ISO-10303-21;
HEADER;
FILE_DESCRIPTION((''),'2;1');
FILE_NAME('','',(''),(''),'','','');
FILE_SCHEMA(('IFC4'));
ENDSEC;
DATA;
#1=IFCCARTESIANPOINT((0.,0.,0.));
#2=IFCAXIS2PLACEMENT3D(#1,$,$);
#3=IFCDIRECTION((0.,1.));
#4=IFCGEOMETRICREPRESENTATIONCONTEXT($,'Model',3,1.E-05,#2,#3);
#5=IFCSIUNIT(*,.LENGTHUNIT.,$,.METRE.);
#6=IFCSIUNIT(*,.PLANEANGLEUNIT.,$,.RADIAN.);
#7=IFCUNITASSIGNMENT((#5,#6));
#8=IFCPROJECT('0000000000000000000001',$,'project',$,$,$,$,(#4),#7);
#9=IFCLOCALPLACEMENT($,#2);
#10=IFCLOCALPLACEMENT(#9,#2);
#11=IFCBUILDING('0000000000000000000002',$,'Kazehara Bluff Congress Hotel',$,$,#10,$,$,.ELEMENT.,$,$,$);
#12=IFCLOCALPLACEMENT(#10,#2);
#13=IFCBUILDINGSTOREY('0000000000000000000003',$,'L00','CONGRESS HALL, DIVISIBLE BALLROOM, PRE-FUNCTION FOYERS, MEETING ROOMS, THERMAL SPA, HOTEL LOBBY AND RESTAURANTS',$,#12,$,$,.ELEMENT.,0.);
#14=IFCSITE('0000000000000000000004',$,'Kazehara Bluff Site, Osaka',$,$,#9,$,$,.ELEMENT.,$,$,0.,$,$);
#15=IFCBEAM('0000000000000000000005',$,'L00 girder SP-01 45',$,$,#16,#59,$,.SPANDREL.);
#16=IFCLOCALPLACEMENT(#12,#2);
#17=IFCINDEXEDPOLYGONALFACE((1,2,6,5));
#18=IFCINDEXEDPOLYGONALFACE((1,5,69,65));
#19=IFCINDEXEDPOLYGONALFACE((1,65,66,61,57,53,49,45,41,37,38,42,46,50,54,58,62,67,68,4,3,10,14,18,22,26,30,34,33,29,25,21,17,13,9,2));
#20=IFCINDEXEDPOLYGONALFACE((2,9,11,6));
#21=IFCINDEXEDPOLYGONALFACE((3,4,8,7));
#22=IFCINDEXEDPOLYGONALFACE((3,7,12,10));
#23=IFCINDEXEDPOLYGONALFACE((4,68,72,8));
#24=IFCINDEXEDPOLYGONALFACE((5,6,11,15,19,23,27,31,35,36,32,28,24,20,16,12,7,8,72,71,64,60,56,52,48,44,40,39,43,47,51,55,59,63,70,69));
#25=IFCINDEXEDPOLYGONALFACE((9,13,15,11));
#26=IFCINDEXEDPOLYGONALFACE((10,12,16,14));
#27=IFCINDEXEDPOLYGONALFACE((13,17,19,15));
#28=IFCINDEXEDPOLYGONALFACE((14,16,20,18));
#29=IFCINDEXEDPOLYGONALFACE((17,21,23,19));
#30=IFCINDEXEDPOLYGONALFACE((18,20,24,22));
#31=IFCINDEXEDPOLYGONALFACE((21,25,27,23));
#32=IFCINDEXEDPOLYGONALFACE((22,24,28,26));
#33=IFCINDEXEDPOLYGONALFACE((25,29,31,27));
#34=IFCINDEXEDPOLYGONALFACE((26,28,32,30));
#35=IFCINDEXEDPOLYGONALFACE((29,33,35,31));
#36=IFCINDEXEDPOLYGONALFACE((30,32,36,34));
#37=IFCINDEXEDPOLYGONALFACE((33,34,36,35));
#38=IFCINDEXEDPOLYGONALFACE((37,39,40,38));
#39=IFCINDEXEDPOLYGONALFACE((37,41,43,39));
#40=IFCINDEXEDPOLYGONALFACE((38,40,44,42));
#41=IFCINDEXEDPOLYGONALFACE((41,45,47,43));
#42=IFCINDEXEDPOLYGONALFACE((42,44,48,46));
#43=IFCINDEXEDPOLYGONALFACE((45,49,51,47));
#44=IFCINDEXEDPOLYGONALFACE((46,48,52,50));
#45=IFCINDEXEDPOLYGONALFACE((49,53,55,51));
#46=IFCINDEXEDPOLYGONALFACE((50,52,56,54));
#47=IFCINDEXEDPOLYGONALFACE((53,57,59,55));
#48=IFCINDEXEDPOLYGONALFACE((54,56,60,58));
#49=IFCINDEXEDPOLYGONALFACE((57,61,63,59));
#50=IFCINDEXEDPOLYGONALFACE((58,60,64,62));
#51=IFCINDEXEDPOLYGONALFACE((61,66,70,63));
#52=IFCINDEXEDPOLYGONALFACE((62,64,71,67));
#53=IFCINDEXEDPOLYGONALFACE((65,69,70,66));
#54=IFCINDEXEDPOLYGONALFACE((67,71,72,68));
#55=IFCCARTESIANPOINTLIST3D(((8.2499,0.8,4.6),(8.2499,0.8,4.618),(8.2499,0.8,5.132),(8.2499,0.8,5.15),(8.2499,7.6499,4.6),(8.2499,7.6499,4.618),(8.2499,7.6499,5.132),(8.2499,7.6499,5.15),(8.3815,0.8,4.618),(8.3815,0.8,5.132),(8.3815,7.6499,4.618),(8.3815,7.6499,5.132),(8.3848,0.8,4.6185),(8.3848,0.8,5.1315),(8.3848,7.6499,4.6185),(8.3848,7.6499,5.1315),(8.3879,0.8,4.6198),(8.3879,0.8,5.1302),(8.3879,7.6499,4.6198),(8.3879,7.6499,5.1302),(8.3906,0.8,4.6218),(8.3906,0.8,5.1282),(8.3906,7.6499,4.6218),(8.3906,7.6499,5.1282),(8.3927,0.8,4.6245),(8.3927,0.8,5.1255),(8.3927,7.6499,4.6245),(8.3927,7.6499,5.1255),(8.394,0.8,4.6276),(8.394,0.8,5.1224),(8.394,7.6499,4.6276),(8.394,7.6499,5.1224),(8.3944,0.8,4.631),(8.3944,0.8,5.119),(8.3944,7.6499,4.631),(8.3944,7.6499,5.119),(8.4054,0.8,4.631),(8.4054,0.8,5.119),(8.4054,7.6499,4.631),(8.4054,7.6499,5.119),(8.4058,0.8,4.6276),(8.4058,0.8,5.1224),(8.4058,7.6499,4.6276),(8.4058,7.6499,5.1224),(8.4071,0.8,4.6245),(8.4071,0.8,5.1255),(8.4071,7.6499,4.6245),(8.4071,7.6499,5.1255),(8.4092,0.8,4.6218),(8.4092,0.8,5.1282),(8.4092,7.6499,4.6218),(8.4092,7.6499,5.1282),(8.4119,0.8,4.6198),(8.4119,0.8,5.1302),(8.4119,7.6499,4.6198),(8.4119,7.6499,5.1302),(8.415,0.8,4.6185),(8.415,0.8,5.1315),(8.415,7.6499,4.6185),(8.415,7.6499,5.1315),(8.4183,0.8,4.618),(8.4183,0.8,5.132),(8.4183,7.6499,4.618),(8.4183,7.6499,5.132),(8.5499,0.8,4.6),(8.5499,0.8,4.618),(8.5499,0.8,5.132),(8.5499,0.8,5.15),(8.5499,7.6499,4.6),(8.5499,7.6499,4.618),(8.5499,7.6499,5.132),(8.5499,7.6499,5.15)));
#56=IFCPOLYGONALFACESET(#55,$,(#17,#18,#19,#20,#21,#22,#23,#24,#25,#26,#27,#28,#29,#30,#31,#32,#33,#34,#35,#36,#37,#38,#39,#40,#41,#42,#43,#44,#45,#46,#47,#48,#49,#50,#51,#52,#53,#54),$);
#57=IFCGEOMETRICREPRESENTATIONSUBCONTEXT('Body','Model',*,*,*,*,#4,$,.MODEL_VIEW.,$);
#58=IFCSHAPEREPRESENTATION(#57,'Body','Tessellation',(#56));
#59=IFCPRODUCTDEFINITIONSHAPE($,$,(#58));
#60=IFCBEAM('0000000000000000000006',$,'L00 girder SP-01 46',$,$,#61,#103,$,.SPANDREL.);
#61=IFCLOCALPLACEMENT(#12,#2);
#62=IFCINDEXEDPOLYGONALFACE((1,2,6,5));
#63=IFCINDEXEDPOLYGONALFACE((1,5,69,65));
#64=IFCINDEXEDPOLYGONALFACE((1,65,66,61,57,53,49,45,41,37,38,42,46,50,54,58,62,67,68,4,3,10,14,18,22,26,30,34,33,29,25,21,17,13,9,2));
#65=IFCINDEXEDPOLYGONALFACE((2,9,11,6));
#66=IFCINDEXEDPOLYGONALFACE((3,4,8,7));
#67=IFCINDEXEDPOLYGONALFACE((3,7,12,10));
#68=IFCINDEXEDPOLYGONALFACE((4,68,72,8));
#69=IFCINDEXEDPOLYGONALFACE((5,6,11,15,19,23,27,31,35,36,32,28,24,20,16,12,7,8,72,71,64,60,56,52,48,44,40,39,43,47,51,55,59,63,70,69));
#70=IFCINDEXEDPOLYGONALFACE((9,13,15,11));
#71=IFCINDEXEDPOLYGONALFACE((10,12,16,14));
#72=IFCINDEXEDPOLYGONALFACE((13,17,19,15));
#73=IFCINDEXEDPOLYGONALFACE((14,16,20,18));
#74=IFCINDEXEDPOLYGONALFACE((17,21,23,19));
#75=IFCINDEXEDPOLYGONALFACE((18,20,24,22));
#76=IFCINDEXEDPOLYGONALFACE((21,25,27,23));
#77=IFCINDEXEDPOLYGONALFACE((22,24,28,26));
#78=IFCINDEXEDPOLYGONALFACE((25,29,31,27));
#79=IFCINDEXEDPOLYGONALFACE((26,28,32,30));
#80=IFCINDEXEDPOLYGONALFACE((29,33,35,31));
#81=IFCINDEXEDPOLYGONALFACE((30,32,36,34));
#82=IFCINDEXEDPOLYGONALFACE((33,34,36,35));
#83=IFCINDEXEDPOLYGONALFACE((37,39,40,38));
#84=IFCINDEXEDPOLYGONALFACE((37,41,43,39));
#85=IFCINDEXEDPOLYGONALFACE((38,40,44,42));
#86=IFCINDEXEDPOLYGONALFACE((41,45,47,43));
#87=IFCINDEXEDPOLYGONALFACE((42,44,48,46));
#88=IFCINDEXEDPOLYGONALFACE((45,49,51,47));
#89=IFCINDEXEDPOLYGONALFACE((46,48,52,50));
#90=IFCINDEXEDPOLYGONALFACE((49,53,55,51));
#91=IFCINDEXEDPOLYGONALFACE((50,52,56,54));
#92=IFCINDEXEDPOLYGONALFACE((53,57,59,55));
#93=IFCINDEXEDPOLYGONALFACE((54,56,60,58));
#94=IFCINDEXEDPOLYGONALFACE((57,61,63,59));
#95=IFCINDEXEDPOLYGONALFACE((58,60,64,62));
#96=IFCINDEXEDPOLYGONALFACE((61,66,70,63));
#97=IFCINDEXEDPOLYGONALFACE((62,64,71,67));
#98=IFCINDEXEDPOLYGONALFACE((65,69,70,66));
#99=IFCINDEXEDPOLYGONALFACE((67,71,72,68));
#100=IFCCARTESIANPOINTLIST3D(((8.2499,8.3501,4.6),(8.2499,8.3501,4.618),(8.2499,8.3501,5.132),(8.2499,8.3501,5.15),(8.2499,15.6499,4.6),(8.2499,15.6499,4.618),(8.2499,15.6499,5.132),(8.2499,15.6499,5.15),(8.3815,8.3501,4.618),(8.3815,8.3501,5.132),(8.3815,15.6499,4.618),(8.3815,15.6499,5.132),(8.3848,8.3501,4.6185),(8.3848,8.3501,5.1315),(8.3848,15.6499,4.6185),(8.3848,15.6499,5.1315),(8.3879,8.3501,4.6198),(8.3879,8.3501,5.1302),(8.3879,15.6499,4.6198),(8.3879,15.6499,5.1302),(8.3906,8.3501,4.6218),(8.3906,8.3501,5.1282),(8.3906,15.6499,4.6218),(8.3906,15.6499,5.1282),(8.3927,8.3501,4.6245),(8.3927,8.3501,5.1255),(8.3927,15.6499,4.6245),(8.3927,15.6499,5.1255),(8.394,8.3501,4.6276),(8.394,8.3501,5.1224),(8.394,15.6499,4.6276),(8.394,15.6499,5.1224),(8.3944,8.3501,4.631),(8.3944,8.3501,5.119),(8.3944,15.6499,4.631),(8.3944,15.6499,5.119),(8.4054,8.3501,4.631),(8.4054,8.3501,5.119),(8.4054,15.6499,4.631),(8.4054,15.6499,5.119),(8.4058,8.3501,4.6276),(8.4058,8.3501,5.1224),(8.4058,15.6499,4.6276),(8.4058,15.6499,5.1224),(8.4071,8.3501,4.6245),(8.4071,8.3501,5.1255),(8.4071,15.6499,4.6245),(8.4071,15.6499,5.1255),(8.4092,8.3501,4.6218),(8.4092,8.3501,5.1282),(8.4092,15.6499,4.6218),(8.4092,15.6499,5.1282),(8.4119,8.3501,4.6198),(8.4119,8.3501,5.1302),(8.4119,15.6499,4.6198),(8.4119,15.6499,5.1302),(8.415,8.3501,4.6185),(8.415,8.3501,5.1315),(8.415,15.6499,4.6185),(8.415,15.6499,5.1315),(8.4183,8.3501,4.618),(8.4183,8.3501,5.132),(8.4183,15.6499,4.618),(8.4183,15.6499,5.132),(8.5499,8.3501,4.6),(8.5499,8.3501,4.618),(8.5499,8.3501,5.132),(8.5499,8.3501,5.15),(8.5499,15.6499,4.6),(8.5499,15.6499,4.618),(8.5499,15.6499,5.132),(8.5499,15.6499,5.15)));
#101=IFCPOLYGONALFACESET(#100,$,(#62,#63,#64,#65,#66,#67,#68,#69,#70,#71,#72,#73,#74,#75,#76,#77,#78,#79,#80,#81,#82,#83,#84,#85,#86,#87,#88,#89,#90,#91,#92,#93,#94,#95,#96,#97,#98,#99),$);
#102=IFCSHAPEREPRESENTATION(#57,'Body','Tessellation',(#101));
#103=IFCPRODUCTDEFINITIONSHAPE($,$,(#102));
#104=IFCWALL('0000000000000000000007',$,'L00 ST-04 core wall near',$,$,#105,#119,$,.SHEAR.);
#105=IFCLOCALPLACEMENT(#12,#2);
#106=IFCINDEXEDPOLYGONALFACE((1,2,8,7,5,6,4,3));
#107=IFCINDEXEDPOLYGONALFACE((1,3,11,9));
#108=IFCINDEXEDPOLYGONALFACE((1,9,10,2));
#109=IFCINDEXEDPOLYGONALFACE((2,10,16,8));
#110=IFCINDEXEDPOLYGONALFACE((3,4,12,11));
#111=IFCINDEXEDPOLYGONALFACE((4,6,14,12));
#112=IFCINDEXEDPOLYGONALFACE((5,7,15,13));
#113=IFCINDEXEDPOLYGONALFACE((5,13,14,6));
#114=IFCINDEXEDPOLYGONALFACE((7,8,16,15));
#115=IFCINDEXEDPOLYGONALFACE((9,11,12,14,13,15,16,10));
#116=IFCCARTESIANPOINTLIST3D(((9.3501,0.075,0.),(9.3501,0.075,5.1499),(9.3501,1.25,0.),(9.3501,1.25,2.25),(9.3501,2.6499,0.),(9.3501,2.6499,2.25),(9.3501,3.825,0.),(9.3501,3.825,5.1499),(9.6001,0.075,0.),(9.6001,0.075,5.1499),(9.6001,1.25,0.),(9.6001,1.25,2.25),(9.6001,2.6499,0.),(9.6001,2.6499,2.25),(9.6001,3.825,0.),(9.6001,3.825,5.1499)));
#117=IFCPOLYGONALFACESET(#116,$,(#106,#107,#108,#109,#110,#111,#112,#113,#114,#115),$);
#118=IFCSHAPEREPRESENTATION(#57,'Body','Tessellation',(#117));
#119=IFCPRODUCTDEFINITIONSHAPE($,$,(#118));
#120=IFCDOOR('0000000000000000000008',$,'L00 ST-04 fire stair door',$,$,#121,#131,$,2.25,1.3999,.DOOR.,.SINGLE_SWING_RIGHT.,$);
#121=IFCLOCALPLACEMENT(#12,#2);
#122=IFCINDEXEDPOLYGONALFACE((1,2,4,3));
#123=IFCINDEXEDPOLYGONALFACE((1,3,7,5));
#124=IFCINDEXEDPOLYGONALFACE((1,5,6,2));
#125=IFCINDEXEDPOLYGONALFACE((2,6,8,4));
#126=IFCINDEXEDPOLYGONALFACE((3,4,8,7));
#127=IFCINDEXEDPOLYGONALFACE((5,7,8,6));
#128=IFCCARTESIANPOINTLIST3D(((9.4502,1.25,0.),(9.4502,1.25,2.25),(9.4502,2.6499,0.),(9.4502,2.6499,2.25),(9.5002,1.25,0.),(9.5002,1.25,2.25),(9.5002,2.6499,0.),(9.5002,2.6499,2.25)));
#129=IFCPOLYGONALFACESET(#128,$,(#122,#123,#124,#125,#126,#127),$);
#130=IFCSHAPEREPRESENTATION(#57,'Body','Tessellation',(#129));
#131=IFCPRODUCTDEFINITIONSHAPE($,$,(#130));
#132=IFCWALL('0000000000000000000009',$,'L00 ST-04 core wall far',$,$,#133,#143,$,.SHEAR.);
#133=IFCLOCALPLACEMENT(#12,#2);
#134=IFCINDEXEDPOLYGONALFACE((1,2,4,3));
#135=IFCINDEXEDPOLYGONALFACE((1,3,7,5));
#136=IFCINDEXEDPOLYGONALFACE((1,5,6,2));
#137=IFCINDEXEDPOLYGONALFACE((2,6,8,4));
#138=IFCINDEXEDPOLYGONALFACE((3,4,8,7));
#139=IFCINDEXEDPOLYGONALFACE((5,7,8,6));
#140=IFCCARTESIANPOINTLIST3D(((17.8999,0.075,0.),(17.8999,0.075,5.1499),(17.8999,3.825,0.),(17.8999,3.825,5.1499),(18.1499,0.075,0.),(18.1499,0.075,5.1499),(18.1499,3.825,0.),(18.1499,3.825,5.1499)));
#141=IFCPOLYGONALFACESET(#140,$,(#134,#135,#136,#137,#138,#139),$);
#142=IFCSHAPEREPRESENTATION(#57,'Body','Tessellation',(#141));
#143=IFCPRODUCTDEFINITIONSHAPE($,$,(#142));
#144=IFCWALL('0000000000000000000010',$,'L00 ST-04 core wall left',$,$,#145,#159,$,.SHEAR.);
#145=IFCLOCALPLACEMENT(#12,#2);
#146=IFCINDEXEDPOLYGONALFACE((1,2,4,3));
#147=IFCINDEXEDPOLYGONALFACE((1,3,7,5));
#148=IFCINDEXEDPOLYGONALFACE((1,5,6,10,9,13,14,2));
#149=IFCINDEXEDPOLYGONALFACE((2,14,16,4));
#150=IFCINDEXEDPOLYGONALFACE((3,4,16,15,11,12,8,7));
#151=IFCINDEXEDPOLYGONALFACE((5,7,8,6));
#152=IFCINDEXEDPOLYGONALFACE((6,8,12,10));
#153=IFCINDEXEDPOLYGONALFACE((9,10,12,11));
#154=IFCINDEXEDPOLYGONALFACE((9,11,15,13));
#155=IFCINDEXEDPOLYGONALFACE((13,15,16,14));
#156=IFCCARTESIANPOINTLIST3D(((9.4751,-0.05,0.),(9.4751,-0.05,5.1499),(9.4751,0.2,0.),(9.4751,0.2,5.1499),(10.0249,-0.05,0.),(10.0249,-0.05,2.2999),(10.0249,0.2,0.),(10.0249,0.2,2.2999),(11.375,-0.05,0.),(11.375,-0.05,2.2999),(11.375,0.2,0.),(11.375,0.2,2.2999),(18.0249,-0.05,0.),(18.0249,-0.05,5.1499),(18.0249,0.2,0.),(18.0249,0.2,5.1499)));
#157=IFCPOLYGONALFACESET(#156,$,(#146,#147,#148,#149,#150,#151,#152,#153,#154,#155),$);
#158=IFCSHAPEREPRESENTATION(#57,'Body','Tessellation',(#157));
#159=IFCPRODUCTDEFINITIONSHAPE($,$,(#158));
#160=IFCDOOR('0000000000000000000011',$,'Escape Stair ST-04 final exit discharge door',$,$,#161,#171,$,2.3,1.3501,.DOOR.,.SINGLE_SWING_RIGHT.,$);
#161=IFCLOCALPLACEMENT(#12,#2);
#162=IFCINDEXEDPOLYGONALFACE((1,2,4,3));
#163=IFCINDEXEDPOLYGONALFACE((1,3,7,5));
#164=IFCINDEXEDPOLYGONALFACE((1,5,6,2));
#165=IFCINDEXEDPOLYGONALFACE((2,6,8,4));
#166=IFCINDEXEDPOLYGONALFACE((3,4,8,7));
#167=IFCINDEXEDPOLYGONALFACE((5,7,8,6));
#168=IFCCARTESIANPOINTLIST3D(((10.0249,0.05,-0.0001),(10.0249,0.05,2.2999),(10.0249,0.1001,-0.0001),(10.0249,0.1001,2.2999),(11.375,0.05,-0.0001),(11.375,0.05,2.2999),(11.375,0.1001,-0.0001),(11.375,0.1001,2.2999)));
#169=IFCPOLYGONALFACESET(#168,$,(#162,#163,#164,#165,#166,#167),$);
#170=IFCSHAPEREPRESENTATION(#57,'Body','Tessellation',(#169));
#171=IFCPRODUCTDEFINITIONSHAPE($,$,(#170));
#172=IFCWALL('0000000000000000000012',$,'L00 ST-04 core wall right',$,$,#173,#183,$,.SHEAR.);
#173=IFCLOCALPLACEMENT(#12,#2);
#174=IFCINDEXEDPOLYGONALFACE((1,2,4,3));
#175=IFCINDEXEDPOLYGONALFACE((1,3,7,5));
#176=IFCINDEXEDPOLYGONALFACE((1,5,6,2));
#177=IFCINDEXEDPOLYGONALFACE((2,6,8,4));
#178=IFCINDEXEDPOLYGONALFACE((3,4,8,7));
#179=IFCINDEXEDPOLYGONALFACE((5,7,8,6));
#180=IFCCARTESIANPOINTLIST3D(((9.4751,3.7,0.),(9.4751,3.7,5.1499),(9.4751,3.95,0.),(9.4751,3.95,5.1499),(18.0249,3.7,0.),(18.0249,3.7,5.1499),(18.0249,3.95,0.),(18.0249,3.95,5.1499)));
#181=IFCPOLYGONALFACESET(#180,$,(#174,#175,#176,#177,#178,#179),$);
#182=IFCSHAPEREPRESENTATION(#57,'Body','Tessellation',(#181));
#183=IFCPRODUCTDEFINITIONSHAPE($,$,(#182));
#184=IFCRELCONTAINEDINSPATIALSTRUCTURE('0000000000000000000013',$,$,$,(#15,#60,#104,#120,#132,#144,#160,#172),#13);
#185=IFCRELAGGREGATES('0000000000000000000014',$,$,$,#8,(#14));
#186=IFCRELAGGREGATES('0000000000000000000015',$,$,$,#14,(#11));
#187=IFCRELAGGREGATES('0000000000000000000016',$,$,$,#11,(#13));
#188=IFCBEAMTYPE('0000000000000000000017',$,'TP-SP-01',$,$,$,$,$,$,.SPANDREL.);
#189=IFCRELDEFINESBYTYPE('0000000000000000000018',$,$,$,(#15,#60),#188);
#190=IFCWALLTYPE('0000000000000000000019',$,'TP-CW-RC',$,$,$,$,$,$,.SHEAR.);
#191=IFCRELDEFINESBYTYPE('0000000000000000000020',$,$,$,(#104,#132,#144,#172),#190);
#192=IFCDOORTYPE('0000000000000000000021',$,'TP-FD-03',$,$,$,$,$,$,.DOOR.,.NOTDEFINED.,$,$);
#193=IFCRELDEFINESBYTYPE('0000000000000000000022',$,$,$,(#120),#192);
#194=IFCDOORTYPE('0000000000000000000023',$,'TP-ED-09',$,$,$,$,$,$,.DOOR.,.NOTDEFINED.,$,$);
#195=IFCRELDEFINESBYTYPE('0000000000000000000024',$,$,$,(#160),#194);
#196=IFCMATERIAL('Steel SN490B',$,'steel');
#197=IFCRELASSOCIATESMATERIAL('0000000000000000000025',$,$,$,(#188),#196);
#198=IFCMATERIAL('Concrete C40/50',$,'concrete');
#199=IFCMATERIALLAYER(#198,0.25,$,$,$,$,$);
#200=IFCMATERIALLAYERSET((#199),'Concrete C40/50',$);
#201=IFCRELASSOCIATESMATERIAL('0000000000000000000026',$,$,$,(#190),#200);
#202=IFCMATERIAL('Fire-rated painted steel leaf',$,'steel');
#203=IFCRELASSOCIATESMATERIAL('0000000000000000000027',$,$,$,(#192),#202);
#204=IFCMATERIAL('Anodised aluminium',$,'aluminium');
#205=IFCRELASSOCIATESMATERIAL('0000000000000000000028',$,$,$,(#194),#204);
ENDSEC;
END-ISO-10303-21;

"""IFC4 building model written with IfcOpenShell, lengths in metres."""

from ifc_helpers import new_model, si_unit, direction, frame, frame_2d, origin, origin_2d, place, context, subcontext, project, spatial, rectangle, i_section, extrude, material, layer, layer_set, material_profile, profile_set, type_object, element, fill, save


model = new_model("IFC4")

# Units and contexts
model_context = context("Model", 3, precision=1e-05, world=origin(), true_north=direction((0.0, 1.0)))
body_context = subcontext(model_context, "Body", "Model", "MODEL_VIEW")
ifc_project = project(units=[si_unit("LENGTHUNIT", "METRE"), si_unit("PLANEANGLEUNIT", "RADIAN")], contexts=[model_context])

# Site, building, storey
site_placement = place(None, origin())
site = spatial("IfcSite", under=ifc_project, at=site_placement, Name="Kazehara Bluff Site, Osaka", CompositionType="ELEMENT", RefElevation=0.0)
building_placement = place(site_placement, origin())
building = spatial("IfcBuilding", under=site, at=building_placement, Name="Kazehara Bluff Congress Hotel", CompositionType="ELEMENT")
storey_placement = place(building_placement, origin())
storey = spatial("IfcBuildingStorey", under=building, at=storey_placement, Name="L00", Description="CONGRESS HALL, DIVISIBLE BALLROOM, PRE-FUNCTION FOYERS, MEETING ROOMS, THERMAL SPA, HOTEL LOBBY AND RESTAURANTS", CompositionType="ELEMENT", Elevation=0.0)

# Beams
ifc_material_1 = material(Name="Steel SN490B", Category="steel")
ifc_material_profile_1 = material_profile(ifc_material_1, i_section(OverallWidth=0.3, OverallDepth=0.55, WebThickness=0.011, FlangeThickness=0.0181, FilletRadius=0.0129, at=origin_2d()))
ifc_profile_set_1 = profile_set([ifc_material_profile_1], Name="Steel SN490B")
beam_type_1 = type_object("IfcBeamType", Name="TP-SP-01", PredefinedType="SPANDREL", material=ifc_profile_set_1)
beam_1_placement = place(storey_placement, frame((8.3999, 0.8, 4.875), z_axis=(0.0, 1.0, 0.0), x_axis=(-1.0, 0.0, 0.0)))
element("IfcBeam", 1, at=beam_1_placement, inside=storey, type_object=beam_type_1, Name="L00 girder SP-01 45", PredefinedType="SPANDREL", context=body_context, shape_type="SweptSolid", body=[
    extrude(i_section(OverallWidth=0.3, OverallDepth=0.55, WebThickness=0.011, FlangeThickness=0.0181, FilletRadius=0.0129, at=origin_2d()), origin(), (0.0, 0.0, 1.0), 6.8499),
])
beam_2_placement = place(storey_placement, frame((8.3999, 8.3501, 4.875), z_axis=(0.0, 1.0, 0.0), x_axis=(-1.0, 0.0, 0.0)))
element("IfcBeam", 2, at=beam_2_placement, inside=storey, type_object=beam_type_1, Name="L00 girder SP-01 46", PredefinedType="SPANDREL", context=body_context, shape_type="SweptSolid", body=[
    extrude(i_section(OverallWidth=0.3, OverallDepth=0.55, WebThickness=0.011, FlangeThickness=0.0181, FilletRadius=0.0129, at=origin_2d()), origin(), (0.0, 0.0, 1.0), 7.2998),
])

# Wall, opening, door
ifc_material_2 = material(Name="Concrete C40/50", Category="concrete")
ifc_layer_1 = layer(ifc_material_2, 0.25)
ifc_layer_set_1 = layer_set([ifc_layer_1], Name="Concrete C40/50")
wall_type_1 = type_object("IfcWallType", Name="TP-CW-RC", PredefinedType="SHEAR", material=ifc_layer_set_1)
wall_1_placement = place(storey_placement, frame((9.4751, 0.075, 0.0), z_axis=(0.0, 0.0, 1.0), x_axis=(0.0, 1.0, 0.0)))
wall_1 = element("IfcWall", 3, at=wall_1_placement, inside=storey, type_object=wall_type_1, Name="L00 ST-04 core wall near", PredefinedType="SHEAR", context=body_context, shape_type="SweptSolid", body=[
    extrude(rectangle(XDim=3.75, YDim=0.25, at=frame_2d((1.875, 0.0))), origin(), (0.0, 0.0, 1.0), 5.1499),
])
opening_1_placement = place(wall_1_placement, frame((1.175, 0.0, 0.0)))
opening_1 = element("IfcOpeningElement", 4, at=opening_1_placement, cuts=wall_1, PredefinedType="OPENING", context=body_context, shape_type="SweptSolid", body=[
    extrude(rectangle(XDim=1.3999, YDim=2.25, at=frame_2d((0.7, 1.125))), frame((0.0, 0.135, 0.0), z_axis=(0.0, -1.0, 0.0), x_axis=(1.0, 0.0, 0.0)), (0.0, 0.0, 1.0), 0.27),
])
ifc_material_3 = material(Name="Fire-rated painted steel leaf", Category="steel")
door_type_1 = type_object("IfcDoorType", Name="TP-FD-03", OperationType="NOTDEFINED", PredefinedType="DOOR", material=ifc_material_3)
door_1_placement = place(opening_1_placement, origin())
door_1 = element("IfcDoor", 5, at=door_1_placement, inside=storey, type_object=door_type_1, Name="L00 ST-04 fire stair door", OperationType="SINGLE_SWING_RIGHT", OverallHeight=2.25, OverallWidth=1.3999, PredefinedType="DOOR", context=body_context, shape_type="SweptSolid", body=[
    extrude(rectangle(XDim=1.3999, YDim=2.25, at=frame_2d((0.7, 1.125))), frame((0.0, 0.0249, 0.0), z_axis=(0.0, -1.0, 0.0), x_axis=(1.0, 0.0, 0.0)), (0.0, 0.0, 1.0), 0.05),
])
fill(opening_1, door_1)

# Wall
wall_2_placement = place(storey_placement, frame((18.0249, 3.825, 0.0), z_axis=(0.0, 0.0, 1.0), x_axis=(0.0, -1.0, 0.0)))
element("IfcWall", 6, at=wall_2_placement, inside=storey, type_object=wall_type_1, Name="L00 ST-04 core wall far", PredefinedType="SHEAR", context=body_context, shape_type="SweptSolid", body=[
    extrude(rectangle(XDim=3.75, YDim=0.25, at=frame_2d((1.875, 0.0))), origin(), (0.0, 0.0, 1.0), 5.1499),
])

# Wall, opening, door
wall_3_placement = place(storey_placement, frame((18.0249, 0.075, 0.0), z_axis=(0.0, 0.0, 1.0), x_axis=(-1.0, 0.0, 0.0)))
wall_3 = element("IfcWall", 7, at=wall_3_placement, inside=storey, type_object=wall_type_1, Name="L00 ST-04 core wall left", PredefinedType="SHEAR", context=body_context, shape_type="SweptSolid", body=[
    extrude(rectangle(XDim=8.5498, YDim=0.25, at=frame_2d((4.2749, 0.0))), origin(), (0.0, 0.0, 1.0), 5.1499),
])
opening_2_placement = place(wall_3_placement, frame((6.6499, 0.0, 0.0)))
opening_2 = element("IfcOpeningElement", 8, at=opening_2_placement, cuts=wall_3, PredefinedType="OPENING", context=body_context, shape_type="SweptSolid", body=[
    extrude(rectangle(XDim=1.3501, YDim=2.3, at=frame_2d((0.675, 1.1499))), frame((0.0, 0.135, 0.0), z_axis=(0.0, -1.0, 0.0), x_axis=(1.0, 0.0, 0.0)), (0.0, 0.0, 1.0), 0.27),
])
ifc_material_4 = material(Name="Anodised aluminium", Category="aluminium")
door_type_2 = type_object("IfcDoorType", Name="TP-ED-09", OperationType="NOTDEFINED", PredefinedType="DOOR", material=ifc_material_4)
door_2_placement = place(opening_2_placement, origin())
door_2 = element("IfcDoor", 9, at=door_2_placement, inside=storey, type_object=door_type_2, Name="Escape Stair ST-04 final exit discharge door", OperationType="SINGLE_SWING_RIGHT", OverallHeight=2.3, OverallWidth=1.3501, PredefinedType="DOOR", context=body_context, shape_type="SweptSolid", body=[
    extrude(rectangle(XDim=1.3501, YDim=2.3, at=frame_2d((0.675, 1.1499))), frame((0.0, 0.0249, 0.0), z_axis=(0.0, -1.0, 0.0), x_axis=(1.0, 0.0, 0.0)), (0.0, 0.0, 1.0), 0.05),
])
fill(opening_2, door_2)

# Wall
wall_4_placement = place(storey_placement, frame((9.4751, 3.825, 0.0), z_axis=(0.0, 0.0, 1.0), x_axis=(1.0, 0.0, 0.0)))
element("IfcWall", 10, at=wall_4_placement, inside=storey, type_object=wall_type_1, Name="L00 ST-04 core wall right", PredefinedType="SHEAR", context=body_context, shape_type="SweptSolid", body=[
    extrude(rectangle(XDim=8.5498, YDim=0.25, at=frame_2d((4.2749, 0.0))), origin(), (0.0, 0.0, 1.0), 5.1499),
])

save(model, "model.ifc")
